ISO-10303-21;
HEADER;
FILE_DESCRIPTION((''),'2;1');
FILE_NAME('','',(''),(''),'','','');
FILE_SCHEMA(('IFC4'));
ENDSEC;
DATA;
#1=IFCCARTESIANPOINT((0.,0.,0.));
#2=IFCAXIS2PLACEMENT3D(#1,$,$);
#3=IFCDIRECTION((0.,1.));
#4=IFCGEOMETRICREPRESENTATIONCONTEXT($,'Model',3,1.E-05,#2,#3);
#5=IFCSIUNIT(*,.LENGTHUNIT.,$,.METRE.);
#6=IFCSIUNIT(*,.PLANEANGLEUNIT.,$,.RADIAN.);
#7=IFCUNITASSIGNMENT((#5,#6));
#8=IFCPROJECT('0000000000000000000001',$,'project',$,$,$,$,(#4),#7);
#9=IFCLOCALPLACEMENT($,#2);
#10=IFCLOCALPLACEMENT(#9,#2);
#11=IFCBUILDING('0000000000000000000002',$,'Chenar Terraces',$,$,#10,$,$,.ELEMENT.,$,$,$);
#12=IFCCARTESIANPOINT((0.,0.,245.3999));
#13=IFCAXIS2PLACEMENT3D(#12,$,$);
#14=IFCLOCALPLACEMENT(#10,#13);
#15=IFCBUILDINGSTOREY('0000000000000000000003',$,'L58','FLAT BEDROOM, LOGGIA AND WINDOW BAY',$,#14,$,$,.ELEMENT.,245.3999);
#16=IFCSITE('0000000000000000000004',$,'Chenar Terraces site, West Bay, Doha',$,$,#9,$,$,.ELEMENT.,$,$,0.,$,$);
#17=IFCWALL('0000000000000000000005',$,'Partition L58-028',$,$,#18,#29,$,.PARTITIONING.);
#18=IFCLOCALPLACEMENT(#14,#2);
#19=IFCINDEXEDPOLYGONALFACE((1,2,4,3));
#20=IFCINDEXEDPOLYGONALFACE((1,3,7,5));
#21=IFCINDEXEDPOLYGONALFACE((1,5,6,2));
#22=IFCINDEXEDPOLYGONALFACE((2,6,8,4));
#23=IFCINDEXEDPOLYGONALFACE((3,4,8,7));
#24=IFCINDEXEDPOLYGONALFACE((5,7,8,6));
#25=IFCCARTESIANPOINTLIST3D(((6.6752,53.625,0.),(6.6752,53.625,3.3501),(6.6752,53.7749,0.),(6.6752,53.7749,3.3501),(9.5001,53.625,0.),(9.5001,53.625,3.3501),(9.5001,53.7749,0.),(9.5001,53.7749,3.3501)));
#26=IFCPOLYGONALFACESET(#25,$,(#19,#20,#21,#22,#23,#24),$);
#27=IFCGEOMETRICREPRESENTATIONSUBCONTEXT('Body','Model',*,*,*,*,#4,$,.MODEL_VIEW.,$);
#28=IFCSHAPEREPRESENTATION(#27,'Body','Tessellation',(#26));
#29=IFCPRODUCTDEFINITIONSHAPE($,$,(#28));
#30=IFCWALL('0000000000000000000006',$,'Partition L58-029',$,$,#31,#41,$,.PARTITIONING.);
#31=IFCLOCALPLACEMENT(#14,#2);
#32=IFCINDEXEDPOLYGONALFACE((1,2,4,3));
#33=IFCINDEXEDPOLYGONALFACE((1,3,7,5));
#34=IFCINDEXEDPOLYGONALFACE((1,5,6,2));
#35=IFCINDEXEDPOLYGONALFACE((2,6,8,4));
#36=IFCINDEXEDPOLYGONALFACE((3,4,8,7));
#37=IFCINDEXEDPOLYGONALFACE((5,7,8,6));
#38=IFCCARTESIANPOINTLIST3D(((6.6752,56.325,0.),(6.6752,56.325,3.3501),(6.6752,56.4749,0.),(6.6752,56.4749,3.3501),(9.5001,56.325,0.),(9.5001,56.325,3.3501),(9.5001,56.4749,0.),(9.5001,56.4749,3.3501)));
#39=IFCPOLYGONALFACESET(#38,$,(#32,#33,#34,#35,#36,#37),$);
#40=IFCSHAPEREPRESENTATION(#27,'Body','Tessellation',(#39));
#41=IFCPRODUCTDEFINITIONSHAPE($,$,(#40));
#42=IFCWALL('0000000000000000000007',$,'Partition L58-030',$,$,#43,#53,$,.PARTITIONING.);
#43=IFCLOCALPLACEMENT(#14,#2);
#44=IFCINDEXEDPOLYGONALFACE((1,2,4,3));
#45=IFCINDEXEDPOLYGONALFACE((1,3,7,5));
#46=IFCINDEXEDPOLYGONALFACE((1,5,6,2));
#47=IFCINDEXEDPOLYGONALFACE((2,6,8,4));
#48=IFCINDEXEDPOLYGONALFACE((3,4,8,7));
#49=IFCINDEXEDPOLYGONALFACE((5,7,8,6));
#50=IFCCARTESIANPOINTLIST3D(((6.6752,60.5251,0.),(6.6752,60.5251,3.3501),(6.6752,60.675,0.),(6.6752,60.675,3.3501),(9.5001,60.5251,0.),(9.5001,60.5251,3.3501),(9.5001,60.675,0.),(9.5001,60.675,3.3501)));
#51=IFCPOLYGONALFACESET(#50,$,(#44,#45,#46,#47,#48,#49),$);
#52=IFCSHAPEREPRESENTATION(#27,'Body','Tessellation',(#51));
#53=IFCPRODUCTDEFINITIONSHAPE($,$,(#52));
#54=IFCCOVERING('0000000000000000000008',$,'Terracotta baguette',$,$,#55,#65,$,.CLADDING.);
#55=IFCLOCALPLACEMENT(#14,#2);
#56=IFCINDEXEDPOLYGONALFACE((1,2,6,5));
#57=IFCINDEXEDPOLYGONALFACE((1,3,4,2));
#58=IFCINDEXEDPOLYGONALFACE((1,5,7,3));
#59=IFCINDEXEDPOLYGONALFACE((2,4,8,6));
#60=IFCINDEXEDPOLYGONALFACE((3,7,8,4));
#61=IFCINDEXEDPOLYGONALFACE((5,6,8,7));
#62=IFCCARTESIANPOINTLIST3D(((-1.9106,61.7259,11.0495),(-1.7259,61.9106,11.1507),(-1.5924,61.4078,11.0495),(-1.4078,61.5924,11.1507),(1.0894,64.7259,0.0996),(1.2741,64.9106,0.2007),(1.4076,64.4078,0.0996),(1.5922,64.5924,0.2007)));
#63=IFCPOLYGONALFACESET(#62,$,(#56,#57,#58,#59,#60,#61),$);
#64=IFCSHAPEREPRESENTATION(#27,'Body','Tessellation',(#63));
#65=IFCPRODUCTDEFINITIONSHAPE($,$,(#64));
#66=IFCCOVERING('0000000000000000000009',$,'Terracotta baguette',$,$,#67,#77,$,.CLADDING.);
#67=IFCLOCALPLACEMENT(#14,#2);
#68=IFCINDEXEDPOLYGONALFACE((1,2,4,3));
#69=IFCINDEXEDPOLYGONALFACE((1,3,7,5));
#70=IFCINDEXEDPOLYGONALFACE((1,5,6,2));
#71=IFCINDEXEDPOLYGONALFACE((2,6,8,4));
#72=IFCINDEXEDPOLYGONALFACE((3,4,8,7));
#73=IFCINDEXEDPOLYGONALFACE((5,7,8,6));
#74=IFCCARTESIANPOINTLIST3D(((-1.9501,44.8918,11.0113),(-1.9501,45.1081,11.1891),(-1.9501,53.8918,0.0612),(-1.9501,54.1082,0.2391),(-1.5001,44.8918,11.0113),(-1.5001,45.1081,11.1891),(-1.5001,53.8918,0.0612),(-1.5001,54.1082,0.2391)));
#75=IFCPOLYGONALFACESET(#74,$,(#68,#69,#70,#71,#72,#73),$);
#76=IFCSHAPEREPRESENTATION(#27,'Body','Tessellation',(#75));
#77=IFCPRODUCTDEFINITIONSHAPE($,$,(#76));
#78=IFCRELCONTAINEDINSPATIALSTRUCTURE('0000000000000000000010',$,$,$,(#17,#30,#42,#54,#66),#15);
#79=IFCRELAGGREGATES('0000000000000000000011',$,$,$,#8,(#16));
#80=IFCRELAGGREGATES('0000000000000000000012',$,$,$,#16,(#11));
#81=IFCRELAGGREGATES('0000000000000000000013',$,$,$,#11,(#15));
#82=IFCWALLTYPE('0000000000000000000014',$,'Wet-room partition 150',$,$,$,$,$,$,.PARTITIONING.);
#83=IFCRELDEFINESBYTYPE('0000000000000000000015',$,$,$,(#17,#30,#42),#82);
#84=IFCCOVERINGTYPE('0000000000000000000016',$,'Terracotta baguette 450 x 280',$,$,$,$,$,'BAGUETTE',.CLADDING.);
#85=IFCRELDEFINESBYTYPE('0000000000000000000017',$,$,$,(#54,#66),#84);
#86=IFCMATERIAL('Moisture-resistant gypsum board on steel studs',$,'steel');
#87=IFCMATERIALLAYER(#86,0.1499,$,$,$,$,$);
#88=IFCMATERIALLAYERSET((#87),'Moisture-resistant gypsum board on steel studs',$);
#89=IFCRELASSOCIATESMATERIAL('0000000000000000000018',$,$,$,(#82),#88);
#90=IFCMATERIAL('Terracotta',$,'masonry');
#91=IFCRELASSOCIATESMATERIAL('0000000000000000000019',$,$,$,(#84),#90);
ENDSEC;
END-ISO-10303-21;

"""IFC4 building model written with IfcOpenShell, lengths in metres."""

from ifc_helpers import new_model, si_unit, direction, frame, frame_2d, origin, origin_2d, place, context, subcontext, project, spatial, rectangle, extrude, material, layer, layer_set, material_profile, profile_set, type_object, element, save


model = new_model("IFC4")

# Units and contexts
model_context = context("Model", 3, precision=1e-05, world=origin(), true_north=direction((0.0, 1.0)))
body_context = subcontext(model_context, "Body", "Model", "MODEL_VIEW")
ifc_project = project(units=[si_unit("LENGTHUNIT", "METRE"), si_unit("PLANEANGLEUNIT", "RADIAN")], contexts=[model_context])

# Site, building, storey
site_placement = place(None, origin())
site = spatial("IfcSite", under=ifc_project, at=site_placement, Name="Chenar Terraces site, West Bay, Doha", CompositionType="ELEMENT", RefElevation=0.0)
building_placement = place(site_placement, origin())
building = spatial("IfcBuilding", under=site, at=building_placement, Name="Chenar Terraces", CompositionType="ELEMENT")
storey_placement = place(building_placement, frame((0.0, 0.0, 245.3999)))
storey = spatial("IfcBuildingStorey", under=building, at=storey_placement, Name="L58", Description="FLAT BEDROOM, LOGGIA AND WINDOW BAY", CompositionType="ELEMENT", Elevation=245.3999)

# Shared definitions
ifc_material_1 = material(Name="Moisture-resistant gypsum board on steel studs", Category="steel")
ifc_layer_1 = layer(ifc_material_1, 0.1499)
ifc_layer_set_1 = layer_set([ifc_layer_1], Name="Moisture-resistant gypsum board on steel studs")
wall_type_1 = type_object("IfcWallType", Name="Wet-room partition 150", PredefinedType="PARTITIONING", material=ifc_layer_set_1)

# Walls
for number, where, z_axis, x_axis, name in (
    (1, (6.675, 53.7, 0.0), (0.0, 0.0, 1.0), (1.0, 0.0, 0.0), "Partition L58-028"),
    (2, (6.675, 56.3999, 0.0), (0.0, 0.0, 1.0), (1.0, 0.0, 0.0), "Partition L58-029"),
    (3, (6.675, 60.6001, 0.0), (0.0, 0.0, 1.0), (1.0, 0.0, 0.0), "Partition L58-030"),
):
    element("IfcWall", number, at=place(storey_placement, frame(where, z_axis=z_axis, x_axis=x_axis)), inside=storey, type_object=wall_type_1, Name=name, PredefinedType="PARTITIONING", context=body_context, shape_type="SweptSolid", body=[
        extrude(rectangle(XDim=2.825, YDim=0.1499, at=frame_2d((1.4126, 0.0))), origin(), (0.0, 0.0, 1.0), 3.3501),
    ])

# Coverings
ifc_material_2 = material(Name="Terracotta", Category="masonry")
ifc_material_profile_1 = material_profile(ifc_material_2, rectangle(XDim=0.45, YDim=0.28, at=origin_2d()), Name="Terracotta baguette 450 x 280")
ifc_profile_set_1 = profile_set([ifc_material_profile_1], Name="Terracotta")
covering_type = type_object("IfcCoveringType", Name="Terracotta baguette 450 x 280", ElementType="BAGUETTE", PredefinedType="CLADDING", material=ifc_profile_set_1)
covering_1_placement = place(storey_placement, frame((1.3408, 64.6592, 0.1501), z_axis=(-0.255468, -0.255468, 0.932455), x_axis=(0.707107, -0.707107, 0.0)))
element("IfcCovering", 4, at=covering_1_placement, inside=storey, type_object=covering_type, Name="Terracotta baguette", PredefinedType="CLADDING", context=body_context, shape_type="SweptSolid", body=[
    extrude(rectangle(XDim=0.45, YDim=0.28, at=origin_2d()), origin(), (0.0, 0.0, 1.0), 11.7432),
])
covering_2_placement = place(storey_placement, frame((-1.7251, 54.0, 0.1501), z_axis=(0.0, -0.634967, 0.772539), x_axis=(1.0, 0.0, 0.0)))
element("IfcCovering", 5, at=covering_2_placement, inside=storey, type_object=covering_type, Name="Terracotta baguette", PredefinedType="CLADDING", context=body_context, shape_type="SweptSolid", body=[
    extrude(rectangle(XDim=0.45, YDim=0.28, at=origin_2d()), origin(), (0.0, 0.0, 1.0), 14.1741),
])

save(model, "model.ifc")
